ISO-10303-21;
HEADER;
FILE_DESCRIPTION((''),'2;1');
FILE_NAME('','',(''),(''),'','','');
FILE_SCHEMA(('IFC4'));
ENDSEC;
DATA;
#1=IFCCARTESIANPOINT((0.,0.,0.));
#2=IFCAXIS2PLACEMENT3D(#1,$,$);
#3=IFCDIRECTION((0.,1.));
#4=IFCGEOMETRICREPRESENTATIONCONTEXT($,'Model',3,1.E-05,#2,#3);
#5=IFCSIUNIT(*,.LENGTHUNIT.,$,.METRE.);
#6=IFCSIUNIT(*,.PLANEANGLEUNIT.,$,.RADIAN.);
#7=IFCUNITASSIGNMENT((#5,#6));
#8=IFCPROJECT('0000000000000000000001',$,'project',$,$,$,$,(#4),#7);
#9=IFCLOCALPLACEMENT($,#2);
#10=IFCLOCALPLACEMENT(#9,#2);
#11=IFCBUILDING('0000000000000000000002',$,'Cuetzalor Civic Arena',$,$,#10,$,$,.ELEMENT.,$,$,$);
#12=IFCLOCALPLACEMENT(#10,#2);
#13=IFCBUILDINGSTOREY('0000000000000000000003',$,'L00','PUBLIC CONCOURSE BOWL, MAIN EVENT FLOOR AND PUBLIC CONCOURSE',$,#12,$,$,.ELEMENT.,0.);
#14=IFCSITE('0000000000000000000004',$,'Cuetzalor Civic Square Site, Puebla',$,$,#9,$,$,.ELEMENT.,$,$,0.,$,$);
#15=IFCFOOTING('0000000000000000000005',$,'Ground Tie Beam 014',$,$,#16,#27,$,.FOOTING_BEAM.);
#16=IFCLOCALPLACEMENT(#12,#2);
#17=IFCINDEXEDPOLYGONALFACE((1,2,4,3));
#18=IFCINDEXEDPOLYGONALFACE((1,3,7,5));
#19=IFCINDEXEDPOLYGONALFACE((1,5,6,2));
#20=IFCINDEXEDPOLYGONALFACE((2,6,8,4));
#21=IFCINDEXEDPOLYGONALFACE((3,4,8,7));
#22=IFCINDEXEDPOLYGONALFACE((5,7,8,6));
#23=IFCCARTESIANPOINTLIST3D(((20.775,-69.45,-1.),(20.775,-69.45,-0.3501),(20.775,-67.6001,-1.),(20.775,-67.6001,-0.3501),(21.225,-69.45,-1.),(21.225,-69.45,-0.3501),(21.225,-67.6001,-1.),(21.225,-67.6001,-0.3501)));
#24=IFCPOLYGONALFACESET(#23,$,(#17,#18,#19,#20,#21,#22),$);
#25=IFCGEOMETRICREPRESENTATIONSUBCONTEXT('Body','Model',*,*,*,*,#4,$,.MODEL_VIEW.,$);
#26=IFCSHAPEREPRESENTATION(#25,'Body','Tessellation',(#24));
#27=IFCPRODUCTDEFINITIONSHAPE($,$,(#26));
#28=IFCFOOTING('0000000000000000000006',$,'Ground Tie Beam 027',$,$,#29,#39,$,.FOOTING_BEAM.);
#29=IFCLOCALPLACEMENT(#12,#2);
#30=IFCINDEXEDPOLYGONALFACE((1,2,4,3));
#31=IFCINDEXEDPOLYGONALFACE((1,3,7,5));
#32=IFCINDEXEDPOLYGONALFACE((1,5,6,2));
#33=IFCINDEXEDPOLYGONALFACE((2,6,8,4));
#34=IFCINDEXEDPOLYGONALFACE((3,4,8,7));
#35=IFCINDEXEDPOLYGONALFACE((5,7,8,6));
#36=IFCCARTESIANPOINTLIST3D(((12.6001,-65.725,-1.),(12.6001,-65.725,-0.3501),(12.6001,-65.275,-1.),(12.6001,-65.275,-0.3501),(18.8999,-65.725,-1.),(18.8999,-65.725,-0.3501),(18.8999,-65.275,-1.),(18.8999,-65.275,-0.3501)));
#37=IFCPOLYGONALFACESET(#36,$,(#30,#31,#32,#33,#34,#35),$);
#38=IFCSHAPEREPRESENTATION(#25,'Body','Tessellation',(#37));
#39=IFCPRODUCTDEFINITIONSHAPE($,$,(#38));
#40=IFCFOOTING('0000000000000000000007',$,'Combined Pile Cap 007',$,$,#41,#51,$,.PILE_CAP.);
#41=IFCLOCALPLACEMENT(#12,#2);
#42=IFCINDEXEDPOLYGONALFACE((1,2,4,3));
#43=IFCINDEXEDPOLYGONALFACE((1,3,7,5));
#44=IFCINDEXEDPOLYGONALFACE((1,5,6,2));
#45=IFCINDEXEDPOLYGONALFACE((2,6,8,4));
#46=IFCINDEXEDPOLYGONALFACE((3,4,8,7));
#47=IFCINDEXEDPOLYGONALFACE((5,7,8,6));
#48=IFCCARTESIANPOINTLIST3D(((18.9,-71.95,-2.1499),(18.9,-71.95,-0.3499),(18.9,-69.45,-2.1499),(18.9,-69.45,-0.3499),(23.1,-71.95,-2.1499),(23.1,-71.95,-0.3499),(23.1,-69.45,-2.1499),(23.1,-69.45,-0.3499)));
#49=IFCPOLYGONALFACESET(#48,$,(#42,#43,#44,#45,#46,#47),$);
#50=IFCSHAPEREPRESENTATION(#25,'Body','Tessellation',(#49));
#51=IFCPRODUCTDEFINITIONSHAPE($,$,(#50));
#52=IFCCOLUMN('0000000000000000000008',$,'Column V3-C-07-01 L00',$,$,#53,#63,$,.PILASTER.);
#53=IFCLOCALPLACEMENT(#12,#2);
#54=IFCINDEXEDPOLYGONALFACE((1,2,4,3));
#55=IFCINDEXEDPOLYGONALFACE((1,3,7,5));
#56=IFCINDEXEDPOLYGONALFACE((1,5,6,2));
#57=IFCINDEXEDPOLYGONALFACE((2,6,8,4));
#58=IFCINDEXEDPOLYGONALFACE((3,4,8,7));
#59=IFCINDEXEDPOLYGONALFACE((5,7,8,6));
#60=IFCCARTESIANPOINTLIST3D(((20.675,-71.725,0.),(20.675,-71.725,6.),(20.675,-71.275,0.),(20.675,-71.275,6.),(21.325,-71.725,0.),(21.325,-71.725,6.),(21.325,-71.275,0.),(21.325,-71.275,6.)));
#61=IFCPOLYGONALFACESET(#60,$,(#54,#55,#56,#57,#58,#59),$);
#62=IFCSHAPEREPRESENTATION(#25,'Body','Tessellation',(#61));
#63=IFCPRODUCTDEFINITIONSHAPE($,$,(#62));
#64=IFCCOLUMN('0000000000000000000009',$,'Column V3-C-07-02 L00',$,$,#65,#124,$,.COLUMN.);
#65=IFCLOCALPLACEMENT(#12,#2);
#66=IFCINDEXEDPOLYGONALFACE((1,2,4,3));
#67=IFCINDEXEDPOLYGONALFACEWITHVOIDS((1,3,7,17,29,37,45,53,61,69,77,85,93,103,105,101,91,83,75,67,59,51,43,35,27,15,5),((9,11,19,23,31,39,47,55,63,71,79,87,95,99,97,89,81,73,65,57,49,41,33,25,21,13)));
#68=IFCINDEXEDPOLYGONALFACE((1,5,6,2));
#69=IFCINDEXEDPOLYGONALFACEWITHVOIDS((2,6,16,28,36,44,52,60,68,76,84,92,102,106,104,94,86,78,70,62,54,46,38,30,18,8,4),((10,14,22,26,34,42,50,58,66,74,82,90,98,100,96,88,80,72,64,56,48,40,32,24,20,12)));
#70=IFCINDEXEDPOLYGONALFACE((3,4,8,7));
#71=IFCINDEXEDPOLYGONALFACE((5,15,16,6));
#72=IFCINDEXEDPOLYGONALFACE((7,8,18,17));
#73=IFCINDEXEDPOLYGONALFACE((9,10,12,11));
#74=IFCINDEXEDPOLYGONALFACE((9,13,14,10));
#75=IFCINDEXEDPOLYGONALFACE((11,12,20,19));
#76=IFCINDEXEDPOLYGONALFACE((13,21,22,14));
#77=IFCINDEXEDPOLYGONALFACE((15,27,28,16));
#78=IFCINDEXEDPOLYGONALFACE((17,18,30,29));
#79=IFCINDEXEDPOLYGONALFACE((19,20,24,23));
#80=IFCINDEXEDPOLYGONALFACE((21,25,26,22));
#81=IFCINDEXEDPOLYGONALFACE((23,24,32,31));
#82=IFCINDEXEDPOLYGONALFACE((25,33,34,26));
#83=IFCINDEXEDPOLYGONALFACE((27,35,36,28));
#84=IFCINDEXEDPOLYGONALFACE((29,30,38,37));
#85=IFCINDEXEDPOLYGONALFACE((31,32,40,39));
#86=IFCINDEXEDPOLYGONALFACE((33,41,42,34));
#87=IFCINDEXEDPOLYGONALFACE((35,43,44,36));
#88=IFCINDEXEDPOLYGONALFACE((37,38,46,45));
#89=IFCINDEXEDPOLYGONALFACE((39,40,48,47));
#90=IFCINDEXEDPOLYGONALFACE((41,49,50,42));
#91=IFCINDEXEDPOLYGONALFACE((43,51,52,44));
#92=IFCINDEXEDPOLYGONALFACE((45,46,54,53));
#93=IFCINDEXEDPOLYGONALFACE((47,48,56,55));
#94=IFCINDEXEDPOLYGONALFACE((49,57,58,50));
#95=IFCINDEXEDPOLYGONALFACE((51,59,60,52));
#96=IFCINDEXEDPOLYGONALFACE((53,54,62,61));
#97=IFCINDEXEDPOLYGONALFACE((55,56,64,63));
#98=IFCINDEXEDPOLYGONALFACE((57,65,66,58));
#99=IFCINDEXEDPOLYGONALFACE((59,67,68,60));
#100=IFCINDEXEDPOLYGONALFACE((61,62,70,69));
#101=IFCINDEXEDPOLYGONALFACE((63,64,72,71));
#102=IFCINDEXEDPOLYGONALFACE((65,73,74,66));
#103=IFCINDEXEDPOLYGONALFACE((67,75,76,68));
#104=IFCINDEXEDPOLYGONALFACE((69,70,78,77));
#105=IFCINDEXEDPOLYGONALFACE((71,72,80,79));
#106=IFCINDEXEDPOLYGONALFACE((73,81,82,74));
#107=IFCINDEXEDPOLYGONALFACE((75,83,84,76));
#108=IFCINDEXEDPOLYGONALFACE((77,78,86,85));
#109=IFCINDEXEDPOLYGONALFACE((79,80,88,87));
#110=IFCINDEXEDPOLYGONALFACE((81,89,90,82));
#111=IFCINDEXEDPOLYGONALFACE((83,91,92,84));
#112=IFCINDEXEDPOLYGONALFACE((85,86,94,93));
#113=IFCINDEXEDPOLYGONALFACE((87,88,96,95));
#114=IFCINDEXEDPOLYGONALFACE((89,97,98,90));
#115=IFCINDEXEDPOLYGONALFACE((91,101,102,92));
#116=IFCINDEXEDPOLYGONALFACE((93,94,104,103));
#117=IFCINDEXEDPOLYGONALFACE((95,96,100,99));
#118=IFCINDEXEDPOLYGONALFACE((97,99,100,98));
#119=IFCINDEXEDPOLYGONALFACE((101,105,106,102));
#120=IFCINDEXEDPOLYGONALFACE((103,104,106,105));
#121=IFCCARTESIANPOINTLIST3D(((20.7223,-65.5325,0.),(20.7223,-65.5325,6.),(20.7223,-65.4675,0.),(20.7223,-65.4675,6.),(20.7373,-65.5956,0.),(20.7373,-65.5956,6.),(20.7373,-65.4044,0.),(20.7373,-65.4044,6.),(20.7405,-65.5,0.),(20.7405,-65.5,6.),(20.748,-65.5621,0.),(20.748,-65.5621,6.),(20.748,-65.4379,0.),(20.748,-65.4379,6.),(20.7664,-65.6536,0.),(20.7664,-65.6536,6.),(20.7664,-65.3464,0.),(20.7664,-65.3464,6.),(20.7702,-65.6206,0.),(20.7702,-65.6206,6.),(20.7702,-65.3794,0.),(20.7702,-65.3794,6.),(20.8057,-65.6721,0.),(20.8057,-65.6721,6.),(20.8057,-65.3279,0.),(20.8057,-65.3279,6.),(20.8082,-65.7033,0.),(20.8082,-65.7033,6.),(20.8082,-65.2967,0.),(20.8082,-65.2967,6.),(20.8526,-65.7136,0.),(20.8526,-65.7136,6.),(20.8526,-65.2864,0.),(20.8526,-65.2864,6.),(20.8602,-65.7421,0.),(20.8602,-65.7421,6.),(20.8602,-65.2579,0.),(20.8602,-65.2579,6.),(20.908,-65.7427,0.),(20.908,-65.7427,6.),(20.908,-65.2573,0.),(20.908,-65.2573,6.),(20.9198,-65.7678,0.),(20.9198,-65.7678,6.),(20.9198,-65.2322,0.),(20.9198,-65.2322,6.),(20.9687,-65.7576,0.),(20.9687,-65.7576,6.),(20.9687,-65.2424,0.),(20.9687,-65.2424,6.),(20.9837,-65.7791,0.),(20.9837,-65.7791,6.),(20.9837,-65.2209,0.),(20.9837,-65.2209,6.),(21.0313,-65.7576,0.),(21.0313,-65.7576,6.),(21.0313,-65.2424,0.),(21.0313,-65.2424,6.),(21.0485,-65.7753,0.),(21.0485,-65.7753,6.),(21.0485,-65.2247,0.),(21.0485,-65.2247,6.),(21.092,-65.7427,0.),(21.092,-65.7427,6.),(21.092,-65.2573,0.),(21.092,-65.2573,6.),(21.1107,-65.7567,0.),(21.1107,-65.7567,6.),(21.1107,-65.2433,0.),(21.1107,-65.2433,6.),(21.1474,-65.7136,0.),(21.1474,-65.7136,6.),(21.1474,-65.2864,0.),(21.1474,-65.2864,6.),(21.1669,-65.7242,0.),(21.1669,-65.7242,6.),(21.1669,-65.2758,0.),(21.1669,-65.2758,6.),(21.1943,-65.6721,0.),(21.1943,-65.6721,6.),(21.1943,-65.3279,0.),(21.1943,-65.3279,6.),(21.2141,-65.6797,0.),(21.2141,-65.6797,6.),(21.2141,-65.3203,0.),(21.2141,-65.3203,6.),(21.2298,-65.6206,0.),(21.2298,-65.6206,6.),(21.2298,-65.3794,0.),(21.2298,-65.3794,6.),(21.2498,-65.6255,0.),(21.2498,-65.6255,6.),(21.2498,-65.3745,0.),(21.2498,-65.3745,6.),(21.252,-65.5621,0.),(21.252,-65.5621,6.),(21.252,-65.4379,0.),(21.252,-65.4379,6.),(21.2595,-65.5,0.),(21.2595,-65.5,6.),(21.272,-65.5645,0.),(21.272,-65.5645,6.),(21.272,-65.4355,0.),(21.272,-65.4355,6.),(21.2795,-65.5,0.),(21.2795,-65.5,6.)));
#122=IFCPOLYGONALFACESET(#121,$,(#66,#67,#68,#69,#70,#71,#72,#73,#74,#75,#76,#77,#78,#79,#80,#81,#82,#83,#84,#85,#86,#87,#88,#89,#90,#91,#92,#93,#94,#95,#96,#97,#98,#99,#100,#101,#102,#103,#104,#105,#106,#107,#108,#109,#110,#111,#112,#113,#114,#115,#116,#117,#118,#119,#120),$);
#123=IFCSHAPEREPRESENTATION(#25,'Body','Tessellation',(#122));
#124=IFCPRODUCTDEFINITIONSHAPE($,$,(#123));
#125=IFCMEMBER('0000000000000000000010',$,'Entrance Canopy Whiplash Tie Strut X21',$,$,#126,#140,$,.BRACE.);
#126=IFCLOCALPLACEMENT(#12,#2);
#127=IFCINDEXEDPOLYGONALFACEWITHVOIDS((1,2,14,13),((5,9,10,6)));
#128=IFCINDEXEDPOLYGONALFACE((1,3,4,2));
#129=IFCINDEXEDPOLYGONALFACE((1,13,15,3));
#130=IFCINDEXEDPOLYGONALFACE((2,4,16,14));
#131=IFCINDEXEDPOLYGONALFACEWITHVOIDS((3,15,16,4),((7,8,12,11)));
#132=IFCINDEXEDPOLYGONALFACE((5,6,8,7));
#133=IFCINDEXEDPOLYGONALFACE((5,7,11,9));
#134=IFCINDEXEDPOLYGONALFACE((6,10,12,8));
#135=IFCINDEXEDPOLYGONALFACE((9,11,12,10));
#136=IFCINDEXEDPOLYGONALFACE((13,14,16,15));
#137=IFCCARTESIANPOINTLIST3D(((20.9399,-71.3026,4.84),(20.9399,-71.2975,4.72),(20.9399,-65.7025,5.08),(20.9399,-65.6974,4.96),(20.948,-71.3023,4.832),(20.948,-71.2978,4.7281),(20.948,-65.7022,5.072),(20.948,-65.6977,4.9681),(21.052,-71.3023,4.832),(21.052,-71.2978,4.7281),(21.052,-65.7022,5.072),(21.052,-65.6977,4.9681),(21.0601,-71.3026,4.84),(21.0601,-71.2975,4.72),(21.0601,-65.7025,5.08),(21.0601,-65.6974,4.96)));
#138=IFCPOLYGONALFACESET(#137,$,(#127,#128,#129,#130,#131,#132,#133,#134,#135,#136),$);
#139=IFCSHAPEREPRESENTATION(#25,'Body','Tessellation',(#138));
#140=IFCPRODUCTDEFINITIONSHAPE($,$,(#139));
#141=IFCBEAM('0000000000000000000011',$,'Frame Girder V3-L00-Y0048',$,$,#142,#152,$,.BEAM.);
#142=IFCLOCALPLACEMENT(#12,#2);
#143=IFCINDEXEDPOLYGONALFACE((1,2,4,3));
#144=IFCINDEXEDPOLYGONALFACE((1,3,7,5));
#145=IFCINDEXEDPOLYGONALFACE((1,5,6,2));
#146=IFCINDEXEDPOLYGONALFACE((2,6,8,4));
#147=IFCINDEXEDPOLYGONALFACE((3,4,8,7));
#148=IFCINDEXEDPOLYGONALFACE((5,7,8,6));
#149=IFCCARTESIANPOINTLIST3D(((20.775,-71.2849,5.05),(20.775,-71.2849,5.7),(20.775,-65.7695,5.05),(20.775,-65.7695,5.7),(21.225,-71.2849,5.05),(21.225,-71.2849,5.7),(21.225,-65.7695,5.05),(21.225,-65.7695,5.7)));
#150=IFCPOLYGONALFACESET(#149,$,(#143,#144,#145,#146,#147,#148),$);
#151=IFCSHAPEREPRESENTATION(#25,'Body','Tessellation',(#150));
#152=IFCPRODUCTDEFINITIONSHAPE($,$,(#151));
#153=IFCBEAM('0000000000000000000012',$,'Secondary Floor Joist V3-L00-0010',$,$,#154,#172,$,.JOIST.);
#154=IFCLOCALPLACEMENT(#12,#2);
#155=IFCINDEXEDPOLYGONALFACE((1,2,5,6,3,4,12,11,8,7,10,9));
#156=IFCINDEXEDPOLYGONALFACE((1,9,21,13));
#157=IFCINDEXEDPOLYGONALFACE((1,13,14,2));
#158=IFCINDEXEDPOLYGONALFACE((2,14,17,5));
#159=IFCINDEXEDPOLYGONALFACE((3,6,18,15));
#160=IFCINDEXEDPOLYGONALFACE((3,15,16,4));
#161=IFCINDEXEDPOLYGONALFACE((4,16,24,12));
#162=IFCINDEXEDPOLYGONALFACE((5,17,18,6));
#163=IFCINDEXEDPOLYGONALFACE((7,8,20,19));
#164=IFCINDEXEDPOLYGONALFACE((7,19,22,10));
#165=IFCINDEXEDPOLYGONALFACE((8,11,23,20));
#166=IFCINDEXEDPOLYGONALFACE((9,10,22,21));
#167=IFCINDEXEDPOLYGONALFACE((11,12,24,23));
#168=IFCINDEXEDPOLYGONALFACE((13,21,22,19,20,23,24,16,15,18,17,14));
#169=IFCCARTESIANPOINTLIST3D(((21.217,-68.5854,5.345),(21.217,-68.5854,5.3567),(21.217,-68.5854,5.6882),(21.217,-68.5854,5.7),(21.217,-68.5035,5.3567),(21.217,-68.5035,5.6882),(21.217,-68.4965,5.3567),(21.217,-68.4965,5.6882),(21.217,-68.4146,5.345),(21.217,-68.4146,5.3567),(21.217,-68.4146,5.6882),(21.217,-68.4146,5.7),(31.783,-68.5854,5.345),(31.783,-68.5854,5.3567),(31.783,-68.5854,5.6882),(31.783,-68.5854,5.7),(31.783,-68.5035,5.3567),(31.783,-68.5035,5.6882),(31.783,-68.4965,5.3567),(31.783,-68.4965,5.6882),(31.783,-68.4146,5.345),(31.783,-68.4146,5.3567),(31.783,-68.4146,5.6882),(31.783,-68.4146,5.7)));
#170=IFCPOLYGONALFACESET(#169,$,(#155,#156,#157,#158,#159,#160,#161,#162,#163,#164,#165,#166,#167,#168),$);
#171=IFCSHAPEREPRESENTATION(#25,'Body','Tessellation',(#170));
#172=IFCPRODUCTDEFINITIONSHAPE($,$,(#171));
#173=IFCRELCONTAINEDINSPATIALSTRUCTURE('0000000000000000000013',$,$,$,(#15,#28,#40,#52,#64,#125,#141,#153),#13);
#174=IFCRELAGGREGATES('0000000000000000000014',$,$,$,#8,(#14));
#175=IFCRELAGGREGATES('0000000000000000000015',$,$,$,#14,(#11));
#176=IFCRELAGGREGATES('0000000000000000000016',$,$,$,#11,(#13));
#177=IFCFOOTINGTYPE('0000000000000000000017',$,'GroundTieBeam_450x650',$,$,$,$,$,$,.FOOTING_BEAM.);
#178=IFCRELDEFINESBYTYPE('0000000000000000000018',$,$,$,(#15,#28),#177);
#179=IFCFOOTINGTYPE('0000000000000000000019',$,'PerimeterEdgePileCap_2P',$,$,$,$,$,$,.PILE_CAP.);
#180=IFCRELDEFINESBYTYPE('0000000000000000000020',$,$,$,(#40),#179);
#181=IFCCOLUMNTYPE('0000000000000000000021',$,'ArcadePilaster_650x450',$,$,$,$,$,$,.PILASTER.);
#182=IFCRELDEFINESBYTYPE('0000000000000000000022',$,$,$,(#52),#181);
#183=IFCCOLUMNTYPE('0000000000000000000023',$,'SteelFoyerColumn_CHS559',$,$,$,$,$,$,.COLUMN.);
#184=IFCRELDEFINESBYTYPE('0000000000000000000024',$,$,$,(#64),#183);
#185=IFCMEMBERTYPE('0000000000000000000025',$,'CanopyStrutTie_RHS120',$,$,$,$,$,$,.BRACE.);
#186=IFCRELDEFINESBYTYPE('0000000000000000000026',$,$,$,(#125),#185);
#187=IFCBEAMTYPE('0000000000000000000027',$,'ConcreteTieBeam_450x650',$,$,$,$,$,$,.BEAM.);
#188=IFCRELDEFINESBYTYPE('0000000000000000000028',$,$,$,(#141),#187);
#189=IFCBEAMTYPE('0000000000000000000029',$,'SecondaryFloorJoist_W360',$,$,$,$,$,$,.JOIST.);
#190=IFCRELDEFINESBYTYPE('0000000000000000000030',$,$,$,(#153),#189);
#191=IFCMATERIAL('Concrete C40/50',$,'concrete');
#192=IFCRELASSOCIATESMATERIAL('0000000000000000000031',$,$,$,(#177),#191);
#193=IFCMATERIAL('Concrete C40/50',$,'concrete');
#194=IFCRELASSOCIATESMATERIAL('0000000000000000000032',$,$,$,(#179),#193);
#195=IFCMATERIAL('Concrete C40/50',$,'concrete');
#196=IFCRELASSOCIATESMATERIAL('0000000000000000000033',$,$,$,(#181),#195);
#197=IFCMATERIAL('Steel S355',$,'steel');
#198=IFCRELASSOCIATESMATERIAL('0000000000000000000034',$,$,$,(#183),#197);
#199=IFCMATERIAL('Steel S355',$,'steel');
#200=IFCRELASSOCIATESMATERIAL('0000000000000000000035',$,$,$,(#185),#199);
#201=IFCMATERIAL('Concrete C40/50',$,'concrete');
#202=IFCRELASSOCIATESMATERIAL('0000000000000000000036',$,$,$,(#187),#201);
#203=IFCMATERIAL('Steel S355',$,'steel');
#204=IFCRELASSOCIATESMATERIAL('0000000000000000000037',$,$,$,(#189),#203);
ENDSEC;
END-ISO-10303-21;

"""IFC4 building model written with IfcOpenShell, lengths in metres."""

from ifc_helpers import new_model, si_unit, direction, frame, origin, origin_2d, place, context, subcontext, project, spatial, rectangle, hollow_rectangle, hollow_circle, i_section, extrude, material, material_profile, profile_set, type_object, element, save


model = new_model("IFC4")

# Units and contexts
model_context = context("Model", 3, precision=1e-05, world=origin(), true_north=direction((0.0, 1.0)))
body_context = subcontext(model_context, "Body", "Model", "MODEL_VIEW")
ifc_project = project(units=[si_unit("LENGTHUNIT", "METRE"), si_unit("PLANEANGLEUNIT", "RADIAN")], contexts=[model_context])

# Site, building, storey
site_placement = place(None, origin())
site = spatial("IfcSite", under=ifc_project, at=site_placement, Name="Cuetzalor Civic Square Site, Puebla", CompositionType="ELEMENT", RefElevation=0.0)
building_placement = place(site_placement, origin())
building = spatial("IfcBuilding", under=site, at=building_placement, Name="Cuetzalor Civic Arena", CompositionType="ELEMENT")
storey_placement = place(building_placement, origin())
storey = spatial("IfcBuildingStorey", under=building, at=storey_placement, Name="L00", Description="PUBLIC CONCOURSE BOWL, MAIN EVENT FLOOR AND PUBLIC CONCOURSE", CompositionType="ELEMENT", Elevation=0.0)

# Footings
ifc_material_1 = material(Name="Concrete C40/50", Category="concrete")
ifc_material_profile_1 = material_profile(ifc_material_1, rectangle(XDim=0.45, YDim=0.6499, at=origin_2d()), Name="RC 450x650")
ifc_profile_set_1 = profile_set([ifc_material_profile_1], Name="Concrete C40/50")
footing_type_1 = type_object("IfcFootingType", Name="GroundTieBeam_450x650", PredefinedType="FOOTING_BEAM", material=ifc_profile_set_1)
footing_1_placement = place(storey_placement, frame((21.0, -69.45, -0.675), z_axis=(0.0, 1.0, 0.0), x_axis=(-1.0, 0.0, 0.0)))
element("IfcFooting", 1, at=footing_1_placement, inside=storey, type_object=footing_type_1, Name="Ground Tie Beam 014", PredefinedType="FOOTING_BEAM", context=body_context, shape_type="SweptSolid", body=[
    extrude(rectangle(XDim=0.45, YDim=0.6499, at=origin_2d()), origin(), (0.0, 0.0, 1.0), 1.8499),
])
footing_2_placement = place(storey_placement, frame((12.6001, -65.5, -0.675), z_axis=(1.0, 0.0, 0.0), x_axis=(0.0, 1.0, 0.0)))
element("IfcFooting", 2, at=footing_2_placement, inside=storey, type_object=footing_type_1, Name="Ground Tie Beam 027", PredefinedType="FOOTING_BEAM", context=body_context, shape_type="SweptSolid", body=[
    extrude(rectangle(XDim=0.45, YDim=0.6499, at=origin_2d()), origin(), (0.0, 0.0, 1.0), 6.2998),
])
ifc_material_2 = material(Name="Concrete C40/50", Category="concrete")
footing_type_2 = type_object("IfcFootingType", Name="PerimeterEdgePileCap_2P", PredefinedType="PILE_CAP", material=ifc_material_2)
footing_3_placement = place(storey_placement, frame((21.0, -70.7, -2.1499), z_axis=(0.0, 0.0, 1.0), x_axis=(1.0, 0.0, 0.0)))
element("IfcFooting", 3, at=footing_3_placement, inside=storey, type_object=footing_type_2, Name="Combined Pile Cap 007", PredefinedType="PILE_CAP", context=body_context, shape_type="SweptSolid", body=[
    extrude(rectangle(XDim=4.2, YDim=2.5, at=origin_2d()), origin(), (0.0, 0.0, 1.0), 1.8),
])

# Columns
ifc_material_3 = material(Name="Concrete C40/50", Category="concrete")
ifc_material_profile_2 = material_profile(ifc_material_3, rectangle(XDim=0.6499, YDim=0.45, at=origin_2d()), Name="RC 650x450")
ifc_profile_set_2 = profile_set([ifc_material_profile_2], Name="Concrete C40/50")
column_type_1 = type_object("IfcColumnType", Name="ArcadePilaster_650x450", PredefinedType="PILASTER", material=ifc_profile_set_2)
column_1_placement = place(storey_placement, frame((21.0, -71.5, 0.0), z_axis=(0.0, 0.0, 1.0), x_axis=(1.0, 0.0, 0.0)))
element("IfcColumn", 4, at=column_1_placement, inside=storey, type_object=column_type_1, Name="Column V3-C-07-01 L00", PredefinedType="PILASTER", context=body_context, shape_type="SweptSolid", body=[
    extrude(rectangle(XDim=0.6499, YDim=0.45, at=origin_2d()), origin(), (0.0, 0.0, 1.0), 6.0),
])
ifc_material_4 = material(Name="Steel S355", Category="steel")
ifc_material_profile_3 = material_profile(ifc_material_4, hollow_circle(Radius=0.2795, WallThickness=0.02, at=origin_2d()), Name="CHS 559x20")
ifc_profile_set_3 = profile_set([ifc_material_profile_3], Name="Steel S355")
column_type_2 = type_object("IfcColumnType", Name="SteelFoyerColumn_CHS559", PredefinedType="COLUMN", material=ifc_profile_set_3)
column_2_placement = place(storey_placement, frame((21.0, -65.5, 0.0), z_axis=(0.0, 0.0, 1.0), x_axis=(1.0, 0.0, 0.0)))
element("IfcColumn", 5, at=column_2_placement, inside=storey, type_object=column_type_2, Name="Column V3-C-07-02 L00", PredefinedType="COLUMN", context=body_context, shape_type="SweptSolid", body=[
    extrude(hollow_circle(Radius=0.2795, WallThickness=0.02, at=origin_2d()), origin(), (0.0, 0.0, 1.0), 6.0),
])

# Member
ifc_material_5 = material(Name="Steel S355", Category="steel")
ifc_material_profile_4 = material_profile(ifc_material_5, hollow_rectangle(XDim=0.1201, YDim=0.1201, WallThickness=0.0081, at=origin_2d()), Name="RHS 120x120x8")
ifc_profile_set_4 = profile_set([ifc_material_profile_4], Name="Steel S355")
member_type = type_object("IfcMemberType", Name="CanopyStrutTie_RHS120", PredefinedType="BRACE", material=ifc_profile_set_4)
member_placement = place(storey_placement, frame((21.0, -65.7, 5.02), z_axis=(0.0, -0.999083, -0.042815), x_axis=(1.0, 0.0, 0.0)))
element("IfcMember", 6, at=member_placement, inside=storey, type_object=member_type, Name="Entrance Canopy Whiplash Tie Strut X21", PredefinedType="BRACE", context=body_context, shape_type="SweptSolid", body=[
    extrude(hollow_rectangle(XDim=0.1201, YDim=0.1201, WallThickness=0.0081, at=origin_2d()), origin(), (0.0, 0.0, 1.0), 5.6052),
])

# Beams
ifc_material_6 = material(Name="Concrete C40/50", Category="concrete")
ifc_material_profile_5 = material_profile(ifc_material_6, rectangle(XDim=0.45, YDim=0.6499, at=origin_2d()), Name="RC 450x650")
ifc_profile_set_5 = profile_set([ifc_material_profile_5], Name="Concrete C40/50")
beam_type_1 = type_object("IfcBeamType", Name="ConcreteTieBeam_450x650", PredefinedType="BEAM", material=ifc_profile_set_5)
beam_1_placement = place(storey_placement, frame((21.0, -71.2849, 5.375), z_axis=(0.0, 1.0, 0.0), x_axis=(-1.0, 0.0, 0.0)))
element("IfcBeam", 7, at=beam_1_placement, inside=storey, type_object=beam_type_1, Name="Frame Girder V3-L00-Y0048", PredefinedType="BEAM", context=body_context, shape_type="SweptSolid", body=[
    extrude(rectangle(XDim=0.45, YDim=0.6499, at=origin_2d()), origin(), (0.0, 0.0, 1.0), 5.5154),
])
ifc_material_7 = material(Name="Steel S355", Category="steel")
ifc_material_profile_6 = material_profile(ifc_material_7, i_section(OverallWidth=0.1709, OverallDepth=0.355, WebThickness=0.0071, FlangeThickness=0.0117, at=origin_2d()), Name="W360x51")
ifc_profile_set_6 = profile_set([ifc_material_profile_6], Name="Steel S355")
beam_type_2 = type_object("IfcBeamType", Name="SecondaryFloorJoist_W360", PredefinedType="JOIST", material=ifc_profile_set_6)
beam_2_placement = place(storey_placement, frame((21.217, -68.5, 5.5225), z_axis=(1.0, 0.0, 0.0), x_axis=(0.0, 1.0, 0.0)))
element("IfcBeam", 8, at=beam_2_placement, inside=storey, type_object=beam_type_2, Name="Secondary Floor Joist V3-L00-0010", PredefinedType="JOIST", context=body_context, shape_type="SweptSolid", body=[
    extrude(i_section(OverallWidth=0.1709, OverallDepth=0.355, WebThickness=0.0071, FlangeThickness=0.0117, at=origin_2d()), origin(), (0.0, 0.0, 1.0), 10.5659),
])

save(model, "model.ifc")
